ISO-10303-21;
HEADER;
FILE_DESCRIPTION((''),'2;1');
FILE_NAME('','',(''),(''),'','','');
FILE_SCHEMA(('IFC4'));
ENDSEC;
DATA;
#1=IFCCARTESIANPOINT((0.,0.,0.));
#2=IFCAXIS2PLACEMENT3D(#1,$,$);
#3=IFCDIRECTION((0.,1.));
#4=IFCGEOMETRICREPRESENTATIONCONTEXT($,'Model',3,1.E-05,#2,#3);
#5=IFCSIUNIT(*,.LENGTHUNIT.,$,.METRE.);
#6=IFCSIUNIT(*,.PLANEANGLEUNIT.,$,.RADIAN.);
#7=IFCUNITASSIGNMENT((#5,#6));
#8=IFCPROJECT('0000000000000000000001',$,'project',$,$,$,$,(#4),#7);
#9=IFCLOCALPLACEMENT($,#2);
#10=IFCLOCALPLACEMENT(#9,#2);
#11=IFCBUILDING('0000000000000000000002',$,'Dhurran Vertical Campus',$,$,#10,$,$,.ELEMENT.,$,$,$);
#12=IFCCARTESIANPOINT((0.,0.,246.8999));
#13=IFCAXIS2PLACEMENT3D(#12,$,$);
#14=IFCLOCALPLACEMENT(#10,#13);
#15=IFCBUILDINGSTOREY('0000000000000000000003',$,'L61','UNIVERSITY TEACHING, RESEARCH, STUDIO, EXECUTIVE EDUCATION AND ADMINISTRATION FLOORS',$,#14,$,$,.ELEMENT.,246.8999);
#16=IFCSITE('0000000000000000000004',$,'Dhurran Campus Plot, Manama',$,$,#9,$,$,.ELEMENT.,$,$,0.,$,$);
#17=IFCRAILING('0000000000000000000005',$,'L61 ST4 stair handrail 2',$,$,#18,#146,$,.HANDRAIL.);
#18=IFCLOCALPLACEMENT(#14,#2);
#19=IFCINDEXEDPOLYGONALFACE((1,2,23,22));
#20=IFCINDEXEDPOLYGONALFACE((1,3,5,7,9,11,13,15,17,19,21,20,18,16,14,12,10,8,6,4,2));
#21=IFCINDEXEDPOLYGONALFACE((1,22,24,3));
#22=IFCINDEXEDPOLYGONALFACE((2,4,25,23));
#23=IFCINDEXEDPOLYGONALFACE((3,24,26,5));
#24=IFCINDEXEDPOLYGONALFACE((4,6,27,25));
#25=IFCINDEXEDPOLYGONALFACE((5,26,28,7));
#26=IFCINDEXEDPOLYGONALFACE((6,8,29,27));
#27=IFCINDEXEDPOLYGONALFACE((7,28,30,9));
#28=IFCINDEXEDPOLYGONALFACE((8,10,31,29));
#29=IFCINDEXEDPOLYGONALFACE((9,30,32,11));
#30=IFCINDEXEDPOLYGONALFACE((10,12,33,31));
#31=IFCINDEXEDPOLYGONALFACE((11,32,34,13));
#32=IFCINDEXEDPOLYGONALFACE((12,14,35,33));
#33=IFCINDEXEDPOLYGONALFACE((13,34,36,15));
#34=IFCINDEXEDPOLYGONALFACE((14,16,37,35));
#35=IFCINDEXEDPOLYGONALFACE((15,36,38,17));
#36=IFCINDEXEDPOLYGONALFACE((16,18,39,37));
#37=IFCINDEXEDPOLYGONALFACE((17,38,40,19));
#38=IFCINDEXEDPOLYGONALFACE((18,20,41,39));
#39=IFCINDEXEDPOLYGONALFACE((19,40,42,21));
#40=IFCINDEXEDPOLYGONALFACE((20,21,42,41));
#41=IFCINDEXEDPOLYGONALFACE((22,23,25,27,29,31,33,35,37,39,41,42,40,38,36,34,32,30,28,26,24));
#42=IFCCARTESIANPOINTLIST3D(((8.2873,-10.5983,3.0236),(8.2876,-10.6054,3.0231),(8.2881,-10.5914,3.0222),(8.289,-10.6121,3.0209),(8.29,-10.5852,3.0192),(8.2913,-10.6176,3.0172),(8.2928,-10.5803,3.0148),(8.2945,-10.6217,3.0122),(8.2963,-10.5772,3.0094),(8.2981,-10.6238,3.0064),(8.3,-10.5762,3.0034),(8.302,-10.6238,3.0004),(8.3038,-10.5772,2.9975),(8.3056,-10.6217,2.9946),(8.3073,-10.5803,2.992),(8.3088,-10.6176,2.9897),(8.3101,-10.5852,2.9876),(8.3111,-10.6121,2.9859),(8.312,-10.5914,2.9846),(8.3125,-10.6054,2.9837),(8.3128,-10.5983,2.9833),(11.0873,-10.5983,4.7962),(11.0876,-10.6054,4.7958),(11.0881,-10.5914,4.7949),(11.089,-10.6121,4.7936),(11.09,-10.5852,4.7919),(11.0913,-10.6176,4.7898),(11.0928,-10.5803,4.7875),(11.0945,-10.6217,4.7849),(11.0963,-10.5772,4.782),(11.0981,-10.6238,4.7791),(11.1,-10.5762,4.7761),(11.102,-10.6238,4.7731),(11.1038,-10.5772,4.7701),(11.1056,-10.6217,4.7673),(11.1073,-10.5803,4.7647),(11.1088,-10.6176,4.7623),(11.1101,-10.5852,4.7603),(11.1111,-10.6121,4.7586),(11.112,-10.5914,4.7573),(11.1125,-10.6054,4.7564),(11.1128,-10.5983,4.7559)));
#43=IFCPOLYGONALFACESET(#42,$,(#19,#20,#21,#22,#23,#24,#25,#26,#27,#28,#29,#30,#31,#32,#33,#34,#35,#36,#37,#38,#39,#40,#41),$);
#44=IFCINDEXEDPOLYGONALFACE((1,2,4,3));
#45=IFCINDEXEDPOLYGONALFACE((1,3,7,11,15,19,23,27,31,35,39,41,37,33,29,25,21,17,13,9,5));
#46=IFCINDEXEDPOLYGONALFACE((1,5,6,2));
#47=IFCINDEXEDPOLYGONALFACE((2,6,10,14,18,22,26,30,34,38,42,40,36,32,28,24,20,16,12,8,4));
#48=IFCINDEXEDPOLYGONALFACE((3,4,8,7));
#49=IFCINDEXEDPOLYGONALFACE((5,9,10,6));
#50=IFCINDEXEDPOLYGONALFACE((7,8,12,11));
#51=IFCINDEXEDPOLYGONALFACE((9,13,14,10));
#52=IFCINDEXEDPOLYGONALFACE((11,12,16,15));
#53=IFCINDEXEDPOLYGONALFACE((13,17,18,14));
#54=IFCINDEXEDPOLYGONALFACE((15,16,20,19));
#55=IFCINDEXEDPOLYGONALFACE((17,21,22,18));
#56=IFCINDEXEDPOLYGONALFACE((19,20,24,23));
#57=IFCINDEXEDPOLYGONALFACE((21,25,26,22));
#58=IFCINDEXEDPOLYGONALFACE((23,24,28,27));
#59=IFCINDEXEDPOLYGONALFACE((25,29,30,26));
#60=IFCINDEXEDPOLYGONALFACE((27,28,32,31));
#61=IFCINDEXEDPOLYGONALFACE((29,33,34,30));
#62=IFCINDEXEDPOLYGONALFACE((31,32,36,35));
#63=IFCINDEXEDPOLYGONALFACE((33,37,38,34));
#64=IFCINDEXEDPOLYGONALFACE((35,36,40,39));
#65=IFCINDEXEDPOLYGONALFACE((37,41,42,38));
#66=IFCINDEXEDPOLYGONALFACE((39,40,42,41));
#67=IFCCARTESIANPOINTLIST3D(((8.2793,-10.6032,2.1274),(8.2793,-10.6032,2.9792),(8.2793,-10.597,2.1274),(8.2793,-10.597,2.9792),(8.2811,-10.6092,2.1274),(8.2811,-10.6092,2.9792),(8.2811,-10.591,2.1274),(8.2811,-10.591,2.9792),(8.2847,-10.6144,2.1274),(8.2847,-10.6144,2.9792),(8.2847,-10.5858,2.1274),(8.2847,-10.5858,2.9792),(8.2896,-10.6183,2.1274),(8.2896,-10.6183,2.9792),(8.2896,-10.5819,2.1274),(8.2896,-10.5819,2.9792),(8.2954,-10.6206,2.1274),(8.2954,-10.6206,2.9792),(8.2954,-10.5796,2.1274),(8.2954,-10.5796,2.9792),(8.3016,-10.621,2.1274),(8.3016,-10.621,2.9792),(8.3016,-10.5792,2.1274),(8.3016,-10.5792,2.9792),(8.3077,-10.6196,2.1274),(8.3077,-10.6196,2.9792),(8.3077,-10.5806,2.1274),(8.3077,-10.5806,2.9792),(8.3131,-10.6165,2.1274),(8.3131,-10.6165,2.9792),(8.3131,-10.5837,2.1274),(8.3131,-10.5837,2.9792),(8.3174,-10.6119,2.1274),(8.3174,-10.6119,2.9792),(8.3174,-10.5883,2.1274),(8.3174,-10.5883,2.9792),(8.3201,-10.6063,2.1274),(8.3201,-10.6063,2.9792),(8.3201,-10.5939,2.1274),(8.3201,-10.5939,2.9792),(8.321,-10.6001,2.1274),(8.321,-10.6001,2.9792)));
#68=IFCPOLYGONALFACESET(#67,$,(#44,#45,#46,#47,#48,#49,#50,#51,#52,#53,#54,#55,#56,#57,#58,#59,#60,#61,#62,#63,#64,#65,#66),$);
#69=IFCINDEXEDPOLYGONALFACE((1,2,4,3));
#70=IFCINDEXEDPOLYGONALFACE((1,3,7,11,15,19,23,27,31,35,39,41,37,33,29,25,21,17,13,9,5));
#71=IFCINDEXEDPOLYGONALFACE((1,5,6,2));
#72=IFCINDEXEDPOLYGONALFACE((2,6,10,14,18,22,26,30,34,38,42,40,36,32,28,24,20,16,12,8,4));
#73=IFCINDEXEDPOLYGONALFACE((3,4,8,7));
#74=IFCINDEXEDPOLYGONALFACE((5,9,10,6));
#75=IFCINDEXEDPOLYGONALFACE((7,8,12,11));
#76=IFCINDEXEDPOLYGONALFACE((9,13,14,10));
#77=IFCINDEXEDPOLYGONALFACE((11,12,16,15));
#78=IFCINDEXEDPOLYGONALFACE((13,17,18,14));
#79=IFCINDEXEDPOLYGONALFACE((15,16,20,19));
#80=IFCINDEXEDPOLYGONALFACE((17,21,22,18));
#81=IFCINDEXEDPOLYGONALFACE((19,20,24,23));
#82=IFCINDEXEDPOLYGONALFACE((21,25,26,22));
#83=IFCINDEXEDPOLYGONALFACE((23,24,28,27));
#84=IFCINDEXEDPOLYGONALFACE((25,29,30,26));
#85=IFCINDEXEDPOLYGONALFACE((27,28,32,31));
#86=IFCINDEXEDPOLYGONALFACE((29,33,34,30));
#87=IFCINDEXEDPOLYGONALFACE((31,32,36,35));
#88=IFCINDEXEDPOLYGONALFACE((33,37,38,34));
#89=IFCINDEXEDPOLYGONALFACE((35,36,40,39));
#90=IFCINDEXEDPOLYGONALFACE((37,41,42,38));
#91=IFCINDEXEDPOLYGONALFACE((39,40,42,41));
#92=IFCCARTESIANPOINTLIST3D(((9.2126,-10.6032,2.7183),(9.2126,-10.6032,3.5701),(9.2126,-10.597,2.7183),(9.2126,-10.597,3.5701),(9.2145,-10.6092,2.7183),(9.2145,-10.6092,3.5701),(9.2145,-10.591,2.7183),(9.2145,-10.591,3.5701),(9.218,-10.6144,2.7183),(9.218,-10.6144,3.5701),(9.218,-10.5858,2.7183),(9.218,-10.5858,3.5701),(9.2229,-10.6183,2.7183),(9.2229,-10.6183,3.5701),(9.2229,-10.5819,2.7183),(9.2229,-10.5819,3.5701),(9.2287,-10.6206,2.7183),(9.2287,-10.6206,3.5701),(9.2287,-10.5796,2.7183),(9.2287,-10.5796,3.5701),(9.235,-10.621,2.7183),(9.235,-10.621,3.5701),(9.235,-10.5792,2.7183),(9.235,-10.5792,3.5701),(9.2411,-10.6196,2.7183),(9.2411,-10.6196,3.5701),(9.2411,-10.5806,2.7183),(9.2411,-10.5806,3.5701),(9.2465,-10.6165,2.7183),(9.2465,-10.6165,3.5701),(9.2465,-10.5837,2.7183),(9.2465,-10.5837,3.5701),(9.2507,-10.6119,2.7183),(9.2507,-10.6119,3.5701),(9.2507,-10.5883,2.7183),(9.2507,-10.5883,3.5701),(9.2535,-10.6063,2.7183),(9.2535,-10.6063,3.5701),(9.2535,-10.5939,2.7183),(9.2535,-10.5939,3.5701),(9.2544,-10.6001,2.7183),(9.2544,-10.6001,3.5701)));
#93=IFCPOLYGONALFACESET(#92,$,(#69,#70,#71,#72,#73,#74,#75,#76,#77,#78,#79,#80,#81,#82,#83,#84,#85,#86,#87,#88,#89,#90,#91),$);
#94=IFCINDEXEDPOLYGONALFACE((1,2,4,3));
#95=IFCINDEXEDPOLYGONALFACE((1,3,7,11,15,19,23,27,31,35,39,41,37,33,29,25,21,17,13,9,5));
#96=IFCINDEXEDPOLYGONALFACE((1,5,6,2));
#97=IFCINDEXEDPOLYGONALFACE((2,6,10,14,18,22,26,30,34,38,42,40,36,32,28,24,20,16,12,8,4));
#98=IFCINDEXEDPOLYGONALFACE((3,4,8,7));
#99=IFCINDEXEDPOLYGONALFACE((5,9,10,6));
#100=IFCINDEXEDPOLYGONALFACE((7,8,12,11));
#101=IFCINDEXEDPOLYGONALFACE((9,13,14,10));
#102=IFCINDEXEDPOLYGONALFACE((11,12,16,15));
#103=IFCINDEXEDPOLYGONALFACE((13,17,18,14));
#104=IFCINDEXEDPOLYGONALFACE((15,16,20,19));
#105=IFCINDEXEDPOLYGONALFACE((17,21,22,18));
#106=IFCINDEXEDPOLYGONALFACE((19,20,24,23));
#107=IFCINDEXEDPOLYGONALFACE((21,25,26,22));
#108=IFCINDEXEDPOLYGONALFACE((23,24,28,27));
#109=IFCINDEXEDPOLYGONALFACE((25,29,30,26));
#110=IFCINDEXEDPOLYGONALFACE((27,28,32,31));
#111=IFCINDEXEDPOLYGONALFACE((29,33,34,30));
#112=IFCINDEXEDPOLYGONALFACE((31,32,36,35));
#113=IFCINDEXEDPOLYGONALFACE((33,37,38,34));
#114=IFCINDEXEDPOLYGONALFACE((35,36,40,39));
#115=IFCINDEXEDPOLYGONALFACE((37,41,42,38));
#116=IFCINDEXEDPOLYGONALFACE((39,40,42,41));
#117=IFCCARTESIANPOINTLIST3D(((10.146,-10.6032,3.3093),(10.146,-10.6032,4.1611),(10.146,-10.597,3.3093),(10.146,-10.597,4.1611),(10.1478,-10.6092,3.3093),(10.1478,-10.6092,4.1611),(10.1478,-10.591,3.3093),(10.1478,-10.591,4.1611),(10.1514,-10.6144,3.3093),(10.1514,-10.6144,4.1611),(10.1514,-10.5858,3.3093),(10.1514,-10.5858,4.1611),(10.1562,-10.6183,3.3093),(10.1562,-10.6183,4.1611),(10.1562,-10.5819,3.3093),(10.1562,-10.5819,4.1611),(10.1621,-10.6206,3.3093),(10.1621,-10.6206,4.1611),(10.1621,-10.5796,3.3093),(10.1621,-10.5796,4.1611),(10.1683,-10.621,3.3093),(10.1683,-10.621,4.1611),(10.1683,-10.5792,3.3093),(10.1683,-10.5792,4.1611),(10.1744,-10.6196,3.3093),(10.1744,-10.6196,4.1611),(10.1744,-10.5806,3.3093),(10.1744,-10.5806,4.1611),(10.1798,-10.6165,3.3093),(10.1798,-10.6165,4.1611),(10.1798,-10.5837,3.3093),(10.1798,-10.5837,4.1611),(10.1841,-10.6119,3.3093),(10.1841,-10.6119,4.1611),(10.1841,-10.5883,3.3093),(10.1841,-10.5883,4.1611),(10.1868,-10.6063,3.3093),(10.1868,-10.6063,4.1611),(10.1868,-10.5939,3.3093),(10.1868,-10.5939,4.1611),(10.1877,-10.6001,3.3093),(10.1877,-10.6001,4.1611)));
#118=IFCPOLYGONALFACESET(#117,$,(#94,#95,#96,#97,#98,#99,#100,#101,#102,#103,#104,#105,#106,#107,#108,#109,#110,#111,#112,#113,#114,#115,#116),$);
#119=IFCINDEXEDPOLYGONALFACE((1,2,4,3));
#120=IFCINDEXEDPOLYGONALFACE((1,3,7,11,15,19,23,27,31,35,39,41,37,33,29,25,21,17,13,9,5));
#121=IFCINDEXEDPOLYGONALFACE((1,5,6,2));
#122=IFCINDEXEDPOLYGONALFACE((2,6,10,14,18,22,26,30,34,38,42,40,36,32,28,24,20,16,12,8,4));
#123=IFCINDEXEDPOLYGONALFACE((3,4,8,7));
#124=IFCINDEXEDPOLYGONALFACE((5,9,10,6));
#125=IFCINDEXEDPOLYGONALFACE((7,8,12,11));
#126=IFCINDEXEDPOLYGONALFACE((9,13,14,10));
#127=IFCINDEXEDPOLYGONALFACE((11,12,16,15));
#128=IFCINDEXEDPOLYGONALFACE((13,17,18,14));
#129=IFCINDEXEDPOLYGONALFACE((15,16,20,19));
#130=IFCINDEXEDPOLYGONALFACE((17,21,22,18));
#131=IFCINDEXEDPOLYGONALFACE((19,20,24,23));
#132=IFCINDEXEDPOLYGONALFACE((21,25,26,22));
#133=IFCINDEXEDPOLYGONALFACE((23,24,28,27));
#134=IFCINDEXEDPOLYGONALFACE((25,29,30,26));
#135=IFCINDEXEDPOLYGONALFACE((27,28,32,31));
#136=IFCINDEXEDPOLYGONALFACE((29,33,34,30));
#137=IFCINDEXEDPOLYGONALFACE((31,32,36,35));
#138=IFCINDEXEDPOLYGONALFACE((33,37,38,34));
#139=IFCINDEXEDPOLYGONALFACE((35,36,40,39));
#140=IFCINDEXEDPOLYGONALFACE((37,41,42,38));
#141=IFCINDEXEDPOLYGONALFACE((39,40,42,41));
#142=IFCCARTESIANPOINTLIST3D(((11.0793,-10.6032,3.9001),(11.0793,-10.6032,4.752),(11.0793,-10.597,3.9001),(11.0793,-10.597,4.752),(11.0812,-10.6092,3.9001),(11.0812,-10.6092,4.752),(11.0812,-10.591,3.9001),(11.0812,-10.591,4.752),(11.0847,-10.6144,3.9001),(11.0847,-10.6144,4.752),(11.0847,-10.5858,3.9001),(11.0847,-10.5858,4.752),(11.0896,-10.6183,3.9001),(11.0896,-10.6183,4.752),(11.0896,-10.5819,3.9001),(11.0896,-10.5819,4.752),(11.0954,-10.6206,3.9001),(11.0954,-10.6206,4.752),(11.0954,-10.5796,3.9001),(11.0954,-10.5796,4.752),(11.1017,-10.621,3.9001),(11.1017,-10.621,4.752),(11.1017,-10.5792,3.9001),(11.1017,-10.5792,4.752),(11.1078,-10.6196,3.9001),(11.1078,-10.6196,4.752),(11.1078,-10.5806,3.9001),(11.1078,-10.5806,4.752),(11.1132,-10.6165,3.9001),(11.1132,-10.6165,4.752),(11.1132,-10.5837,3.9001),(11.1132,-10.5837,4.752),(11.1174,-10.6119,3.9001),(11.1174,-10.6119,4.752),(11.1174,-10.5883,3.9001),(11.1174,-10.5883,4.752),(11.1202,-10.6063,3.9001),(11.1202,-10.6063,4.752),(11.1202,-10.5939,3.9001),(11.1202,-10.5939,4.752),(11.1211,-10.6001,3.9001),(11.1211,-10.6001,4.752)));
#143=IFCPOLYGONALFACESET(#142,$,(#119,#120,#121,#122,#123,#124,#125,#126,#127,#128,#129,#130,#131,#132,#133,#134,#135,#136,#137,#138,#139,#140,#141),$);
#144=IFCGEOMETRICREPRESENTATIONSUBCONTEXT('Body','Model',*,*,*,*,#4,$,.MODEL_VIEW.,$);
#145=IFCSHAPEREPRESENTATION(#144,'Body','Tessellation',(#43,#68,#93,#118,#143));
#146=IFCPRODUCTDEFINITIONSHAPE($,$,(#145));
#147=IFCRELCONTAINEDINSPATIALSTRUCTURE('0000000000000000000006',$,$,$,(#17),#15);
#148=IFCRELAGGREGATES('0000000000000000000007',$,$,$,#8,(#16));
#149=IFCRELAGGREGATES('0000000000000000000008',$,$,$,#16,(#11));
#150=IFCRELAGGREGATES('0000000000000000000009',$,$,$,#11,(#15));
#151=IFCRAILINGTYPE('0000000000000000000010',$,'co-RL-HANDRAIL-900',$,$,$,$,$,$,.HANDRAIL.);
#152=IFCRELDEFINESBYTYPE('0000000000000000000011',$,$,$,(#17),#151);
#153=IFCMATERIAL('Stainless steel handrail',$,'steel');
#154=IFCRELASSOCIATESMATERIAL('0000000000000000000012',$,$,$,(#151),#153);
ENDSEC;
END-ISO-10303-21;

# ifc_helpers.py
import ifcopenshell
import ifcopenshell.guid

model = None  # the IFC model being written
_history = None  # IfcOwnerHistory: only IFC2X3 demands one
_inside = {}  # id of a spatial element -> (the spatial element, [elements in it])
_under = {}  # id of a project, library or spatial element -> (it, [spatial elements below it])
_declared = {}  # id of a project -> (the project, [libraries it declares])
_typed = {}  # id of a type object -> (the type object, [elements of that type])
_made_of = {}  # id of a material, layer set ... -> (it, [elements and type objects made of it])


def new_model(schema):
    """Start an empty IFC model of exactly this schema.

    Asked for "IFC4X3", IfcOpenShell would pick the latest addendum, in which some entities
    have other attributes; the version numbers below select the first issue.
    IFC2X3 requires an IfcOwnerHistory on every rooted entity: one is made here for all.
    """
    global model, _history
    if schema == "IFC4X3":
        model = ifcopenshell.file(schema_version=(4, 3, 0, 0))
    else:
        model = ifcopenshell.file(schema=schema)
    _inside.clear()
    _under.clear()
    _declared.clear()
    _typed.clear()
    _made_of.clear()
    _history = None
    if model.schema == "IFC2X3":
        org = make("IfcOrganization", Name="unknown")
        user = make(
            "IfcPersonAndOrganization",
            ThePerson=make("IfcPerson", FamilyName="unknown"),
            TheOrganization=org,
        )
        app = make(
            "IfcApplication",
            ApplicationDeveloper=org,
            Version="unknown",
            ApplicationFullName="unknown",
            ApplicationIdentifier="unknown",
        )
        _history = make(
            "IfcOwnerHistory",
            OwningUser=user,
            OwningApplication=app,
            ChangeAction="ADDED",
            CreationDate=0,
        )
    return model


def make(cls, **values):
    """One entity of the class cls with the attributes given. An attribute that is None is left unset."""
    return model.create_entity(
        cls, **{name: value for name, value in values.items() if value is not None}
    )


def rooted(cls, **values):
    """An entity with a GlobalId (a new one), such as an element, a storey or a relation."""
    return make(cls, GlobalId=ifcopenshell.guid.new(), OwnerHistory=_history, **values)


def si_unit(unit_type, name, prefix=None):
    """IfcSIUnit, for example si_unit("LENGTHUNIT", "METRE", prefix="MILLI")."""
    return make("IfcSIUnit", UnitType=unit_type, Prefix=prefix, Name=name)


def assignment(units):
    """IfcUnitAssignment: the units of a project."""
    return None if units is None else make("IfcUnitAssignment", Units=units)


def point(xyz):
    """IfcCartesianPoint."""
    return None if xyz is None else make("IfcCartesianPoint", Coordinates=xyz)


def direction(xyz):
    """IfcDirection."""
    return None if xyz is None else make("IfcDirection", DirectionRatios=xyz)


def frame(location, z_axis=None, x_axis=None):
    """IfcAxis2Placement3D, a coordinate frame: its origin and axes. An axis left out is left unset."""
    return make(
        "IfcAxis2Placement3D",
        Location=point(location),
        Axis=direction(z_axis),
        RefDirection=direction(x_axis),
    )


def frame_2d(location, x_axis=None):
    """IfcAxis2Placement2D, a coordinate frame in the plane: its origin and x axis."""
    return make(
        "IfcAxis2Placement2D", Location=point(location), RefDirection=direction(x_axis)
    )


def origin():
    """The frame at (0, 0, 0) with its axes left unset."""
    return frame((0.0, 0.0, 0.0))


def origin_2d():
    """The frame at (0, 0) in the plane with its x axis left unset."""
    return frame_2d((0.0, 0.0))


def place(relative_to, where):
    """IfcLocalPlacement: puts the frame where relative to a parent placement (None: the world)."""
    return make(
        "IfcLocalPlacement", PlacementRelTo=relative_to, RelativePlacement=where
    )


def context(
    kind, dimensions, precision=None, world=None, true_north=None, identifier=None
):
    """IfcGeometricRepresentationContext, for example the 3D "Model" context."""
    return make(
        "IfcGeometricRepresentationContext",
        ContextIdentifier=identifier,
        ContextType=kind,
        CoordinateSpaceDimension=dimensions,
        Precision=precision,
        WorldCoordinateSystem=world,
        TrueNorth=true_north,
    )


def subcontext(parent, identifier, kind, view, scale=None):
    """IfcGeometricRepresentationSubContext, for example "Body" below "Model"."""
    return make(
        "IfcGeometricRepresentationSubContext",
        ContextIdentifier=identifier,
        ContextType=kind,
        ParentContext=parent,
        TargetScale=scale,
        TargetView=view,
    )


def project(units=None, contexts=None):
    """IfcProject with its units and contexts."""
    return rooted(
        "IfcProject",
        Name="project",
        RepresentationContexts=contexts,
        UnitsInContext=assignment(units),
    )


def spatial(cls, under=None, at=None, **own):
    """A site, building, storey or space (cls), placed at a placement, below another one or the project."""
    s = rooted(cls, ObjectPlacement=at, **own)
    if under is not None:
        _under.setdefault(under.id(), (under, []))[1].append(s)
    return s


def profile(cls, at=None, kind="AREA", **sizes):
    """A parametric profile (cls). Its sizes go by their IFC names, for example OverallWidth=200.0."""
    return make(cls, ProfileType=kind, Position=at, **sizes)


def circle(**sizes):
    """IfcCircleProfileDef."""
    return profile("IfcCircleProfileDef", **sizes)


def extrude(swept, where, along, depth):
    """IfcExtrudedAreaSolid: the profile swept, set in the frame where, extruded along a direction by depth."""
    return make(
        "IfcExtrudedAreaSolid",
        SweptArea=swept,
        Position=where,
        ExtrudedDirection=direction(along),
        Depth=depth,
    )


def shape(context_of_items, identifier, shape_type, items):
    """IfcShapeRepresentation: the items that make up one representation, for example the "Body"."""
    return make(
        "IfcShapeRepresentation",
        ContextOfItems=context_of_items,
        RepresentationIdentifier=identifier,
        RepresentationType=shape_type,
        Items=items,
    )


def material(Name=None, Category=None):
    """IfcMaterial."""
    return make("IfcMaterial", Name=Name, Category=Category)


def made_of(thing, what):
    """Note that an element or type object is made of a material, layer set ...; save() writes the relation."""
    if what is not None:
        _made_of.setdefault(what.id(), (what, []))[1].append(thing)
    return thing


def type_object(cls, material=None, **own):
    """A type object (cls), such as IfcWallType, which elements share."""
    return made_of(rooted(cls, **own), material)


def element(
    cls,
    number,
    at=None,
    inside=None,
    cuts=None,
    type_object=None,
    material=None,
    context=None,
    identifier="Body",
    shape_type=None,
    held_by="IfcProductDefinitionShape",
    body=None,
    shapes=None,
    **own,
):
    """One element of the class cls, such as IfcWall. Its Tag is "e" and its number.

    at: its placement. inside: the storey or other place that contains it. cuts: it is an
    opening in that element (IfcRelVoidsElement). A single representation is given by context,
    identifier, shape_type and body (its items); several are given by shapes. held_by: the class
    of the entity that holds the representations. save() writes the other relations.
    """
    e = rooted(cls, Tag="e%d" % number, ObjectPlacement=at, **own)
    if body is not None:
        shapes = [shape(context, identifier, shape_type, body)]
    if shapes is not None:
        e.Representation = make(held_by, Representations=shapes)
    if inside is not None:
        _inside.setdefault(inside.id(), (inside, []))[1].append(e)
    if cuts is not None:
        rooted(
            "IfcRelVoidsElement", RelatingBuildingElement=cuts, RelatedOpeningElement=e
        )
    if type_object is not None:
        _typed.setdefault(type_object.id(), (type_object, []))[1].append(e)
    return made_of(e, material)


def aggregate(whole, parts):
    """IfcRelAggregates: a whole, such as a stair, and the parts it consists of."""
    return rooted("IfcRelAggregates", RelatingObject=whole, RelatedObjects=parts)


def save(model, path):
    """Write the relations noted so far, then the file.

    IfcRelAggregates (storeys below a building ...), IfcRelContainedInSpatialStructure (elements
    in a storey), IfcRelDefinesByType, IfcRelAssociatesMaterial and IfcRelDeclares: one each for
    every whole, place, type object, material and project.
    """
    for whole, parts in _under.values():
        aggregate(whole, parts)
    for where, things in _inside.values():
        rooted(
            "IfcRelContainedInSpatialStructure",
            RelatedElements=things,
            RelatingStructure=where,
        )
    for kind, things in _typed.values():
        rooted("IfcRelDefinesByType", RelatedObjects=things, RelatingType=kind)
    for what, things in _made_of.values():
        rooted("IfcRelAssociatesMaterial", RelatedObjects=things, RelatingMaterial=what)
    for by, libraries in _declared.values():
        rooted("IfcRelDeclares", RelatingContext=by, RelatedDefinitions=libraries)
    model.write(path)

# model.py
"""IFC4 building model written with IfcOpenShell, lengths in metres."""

from ifc_helpers import new_model, si_unit, direction, frame, origin, origin_2d, place, context, subcontext, project, spatial, circle, extrude, material, type_object, element, save


model = new_model("IFC4")

# Units and contexts
model_context = context("Model", 3, precision=1e-05, world=origin(), true_north=direction((0.0, 1.0)))
body_context = subcontext(model_context, "Body", "Model", "MODEL_VIEW")
ifc_project = project(units=[si_unit("LENGTHUNIT", "METRE"), si_unit("PLANEANGLEUNIT", "RADIAN")], contexts=[model_context])

# Site, building, storey
site_placement = place(None, origin())
site = spatial("IfcSite", under=ifc_project, at=site_placement, Name="Dhurran Campus Plot, Manama", CompositionType="ELEMENT", RefElevation=0.0)
building_placement = place(site_placement, origin())
building = spatial("IfcBuilding", under=site, at=building_placement, Name="Dhurran Vertical Campus", CompositionType="ELEMENT")
storey_placement = place(building_placement, frame((0.0, 0.0, 246.8999)))
storey = spatial("IfcBuildingStorey", under=building, at=storey_placement, Name="L61", Description="UNIVERSITY TEACHING, RESEARCH, STUDIO, EXECUTIVE EDUCATION AND ADMINISTRATION FLOORS", CompositionType="ELEMENT", Elevation=246.8999)

# Railing
ifc_material_1 = material(Name="Stainless steel handrail", Category="steel")
railing_type_1 = type_object("IfcRailingType", Name="co-RL-HANDRAIL-900", PredefinedType="HANDRAIL", material=ifc_material_1)
railing_1_placement = place(storey_placement, frame((8.3, -10.6001, 2.1274)))
element("IfcRailing", 1, at=railing_1_placement, inside=storey, type_object=railing_type_1, Name="L61 ST4 stair handrail 2", PredefinedType="HANDRAIL", context=body_context, shape_type="SweptSolid", body=[
    extrude(circle(Radius=0.0239, at=origin_2d()), frame((0.0, 0.0, 0.876), z_axis=(0.844909, 0.0, 0.53491), x_axis=(0.0, 1.0, 0.0)), (0.0, 0.0, 1.0), 3.314),
    extrude(circle(Radius=0.021, at=origin_2d()), origin(), (0.0, 0.0, 1.0), 0.8518),
    extrude(circle(Radius=0.021, at=origin_2d()), frame((0.9333, 0.0, 0.5908)), (0.0, 0.0, 1.0), 0.8518),
    extrude(circle(Radius=0.021, at=origin_2d()), frame((1.8667, 0.0, 1.1819)), (0.0, 0.0, 1.0), 0.8518),
    extrude(circle(Radius=0.021, at=origin_2d()), frame((2.8, 0.0, 1.7727)), (0.0, 0.0, 1.0), 0.8518),
])

save(model, "model.ifc")
